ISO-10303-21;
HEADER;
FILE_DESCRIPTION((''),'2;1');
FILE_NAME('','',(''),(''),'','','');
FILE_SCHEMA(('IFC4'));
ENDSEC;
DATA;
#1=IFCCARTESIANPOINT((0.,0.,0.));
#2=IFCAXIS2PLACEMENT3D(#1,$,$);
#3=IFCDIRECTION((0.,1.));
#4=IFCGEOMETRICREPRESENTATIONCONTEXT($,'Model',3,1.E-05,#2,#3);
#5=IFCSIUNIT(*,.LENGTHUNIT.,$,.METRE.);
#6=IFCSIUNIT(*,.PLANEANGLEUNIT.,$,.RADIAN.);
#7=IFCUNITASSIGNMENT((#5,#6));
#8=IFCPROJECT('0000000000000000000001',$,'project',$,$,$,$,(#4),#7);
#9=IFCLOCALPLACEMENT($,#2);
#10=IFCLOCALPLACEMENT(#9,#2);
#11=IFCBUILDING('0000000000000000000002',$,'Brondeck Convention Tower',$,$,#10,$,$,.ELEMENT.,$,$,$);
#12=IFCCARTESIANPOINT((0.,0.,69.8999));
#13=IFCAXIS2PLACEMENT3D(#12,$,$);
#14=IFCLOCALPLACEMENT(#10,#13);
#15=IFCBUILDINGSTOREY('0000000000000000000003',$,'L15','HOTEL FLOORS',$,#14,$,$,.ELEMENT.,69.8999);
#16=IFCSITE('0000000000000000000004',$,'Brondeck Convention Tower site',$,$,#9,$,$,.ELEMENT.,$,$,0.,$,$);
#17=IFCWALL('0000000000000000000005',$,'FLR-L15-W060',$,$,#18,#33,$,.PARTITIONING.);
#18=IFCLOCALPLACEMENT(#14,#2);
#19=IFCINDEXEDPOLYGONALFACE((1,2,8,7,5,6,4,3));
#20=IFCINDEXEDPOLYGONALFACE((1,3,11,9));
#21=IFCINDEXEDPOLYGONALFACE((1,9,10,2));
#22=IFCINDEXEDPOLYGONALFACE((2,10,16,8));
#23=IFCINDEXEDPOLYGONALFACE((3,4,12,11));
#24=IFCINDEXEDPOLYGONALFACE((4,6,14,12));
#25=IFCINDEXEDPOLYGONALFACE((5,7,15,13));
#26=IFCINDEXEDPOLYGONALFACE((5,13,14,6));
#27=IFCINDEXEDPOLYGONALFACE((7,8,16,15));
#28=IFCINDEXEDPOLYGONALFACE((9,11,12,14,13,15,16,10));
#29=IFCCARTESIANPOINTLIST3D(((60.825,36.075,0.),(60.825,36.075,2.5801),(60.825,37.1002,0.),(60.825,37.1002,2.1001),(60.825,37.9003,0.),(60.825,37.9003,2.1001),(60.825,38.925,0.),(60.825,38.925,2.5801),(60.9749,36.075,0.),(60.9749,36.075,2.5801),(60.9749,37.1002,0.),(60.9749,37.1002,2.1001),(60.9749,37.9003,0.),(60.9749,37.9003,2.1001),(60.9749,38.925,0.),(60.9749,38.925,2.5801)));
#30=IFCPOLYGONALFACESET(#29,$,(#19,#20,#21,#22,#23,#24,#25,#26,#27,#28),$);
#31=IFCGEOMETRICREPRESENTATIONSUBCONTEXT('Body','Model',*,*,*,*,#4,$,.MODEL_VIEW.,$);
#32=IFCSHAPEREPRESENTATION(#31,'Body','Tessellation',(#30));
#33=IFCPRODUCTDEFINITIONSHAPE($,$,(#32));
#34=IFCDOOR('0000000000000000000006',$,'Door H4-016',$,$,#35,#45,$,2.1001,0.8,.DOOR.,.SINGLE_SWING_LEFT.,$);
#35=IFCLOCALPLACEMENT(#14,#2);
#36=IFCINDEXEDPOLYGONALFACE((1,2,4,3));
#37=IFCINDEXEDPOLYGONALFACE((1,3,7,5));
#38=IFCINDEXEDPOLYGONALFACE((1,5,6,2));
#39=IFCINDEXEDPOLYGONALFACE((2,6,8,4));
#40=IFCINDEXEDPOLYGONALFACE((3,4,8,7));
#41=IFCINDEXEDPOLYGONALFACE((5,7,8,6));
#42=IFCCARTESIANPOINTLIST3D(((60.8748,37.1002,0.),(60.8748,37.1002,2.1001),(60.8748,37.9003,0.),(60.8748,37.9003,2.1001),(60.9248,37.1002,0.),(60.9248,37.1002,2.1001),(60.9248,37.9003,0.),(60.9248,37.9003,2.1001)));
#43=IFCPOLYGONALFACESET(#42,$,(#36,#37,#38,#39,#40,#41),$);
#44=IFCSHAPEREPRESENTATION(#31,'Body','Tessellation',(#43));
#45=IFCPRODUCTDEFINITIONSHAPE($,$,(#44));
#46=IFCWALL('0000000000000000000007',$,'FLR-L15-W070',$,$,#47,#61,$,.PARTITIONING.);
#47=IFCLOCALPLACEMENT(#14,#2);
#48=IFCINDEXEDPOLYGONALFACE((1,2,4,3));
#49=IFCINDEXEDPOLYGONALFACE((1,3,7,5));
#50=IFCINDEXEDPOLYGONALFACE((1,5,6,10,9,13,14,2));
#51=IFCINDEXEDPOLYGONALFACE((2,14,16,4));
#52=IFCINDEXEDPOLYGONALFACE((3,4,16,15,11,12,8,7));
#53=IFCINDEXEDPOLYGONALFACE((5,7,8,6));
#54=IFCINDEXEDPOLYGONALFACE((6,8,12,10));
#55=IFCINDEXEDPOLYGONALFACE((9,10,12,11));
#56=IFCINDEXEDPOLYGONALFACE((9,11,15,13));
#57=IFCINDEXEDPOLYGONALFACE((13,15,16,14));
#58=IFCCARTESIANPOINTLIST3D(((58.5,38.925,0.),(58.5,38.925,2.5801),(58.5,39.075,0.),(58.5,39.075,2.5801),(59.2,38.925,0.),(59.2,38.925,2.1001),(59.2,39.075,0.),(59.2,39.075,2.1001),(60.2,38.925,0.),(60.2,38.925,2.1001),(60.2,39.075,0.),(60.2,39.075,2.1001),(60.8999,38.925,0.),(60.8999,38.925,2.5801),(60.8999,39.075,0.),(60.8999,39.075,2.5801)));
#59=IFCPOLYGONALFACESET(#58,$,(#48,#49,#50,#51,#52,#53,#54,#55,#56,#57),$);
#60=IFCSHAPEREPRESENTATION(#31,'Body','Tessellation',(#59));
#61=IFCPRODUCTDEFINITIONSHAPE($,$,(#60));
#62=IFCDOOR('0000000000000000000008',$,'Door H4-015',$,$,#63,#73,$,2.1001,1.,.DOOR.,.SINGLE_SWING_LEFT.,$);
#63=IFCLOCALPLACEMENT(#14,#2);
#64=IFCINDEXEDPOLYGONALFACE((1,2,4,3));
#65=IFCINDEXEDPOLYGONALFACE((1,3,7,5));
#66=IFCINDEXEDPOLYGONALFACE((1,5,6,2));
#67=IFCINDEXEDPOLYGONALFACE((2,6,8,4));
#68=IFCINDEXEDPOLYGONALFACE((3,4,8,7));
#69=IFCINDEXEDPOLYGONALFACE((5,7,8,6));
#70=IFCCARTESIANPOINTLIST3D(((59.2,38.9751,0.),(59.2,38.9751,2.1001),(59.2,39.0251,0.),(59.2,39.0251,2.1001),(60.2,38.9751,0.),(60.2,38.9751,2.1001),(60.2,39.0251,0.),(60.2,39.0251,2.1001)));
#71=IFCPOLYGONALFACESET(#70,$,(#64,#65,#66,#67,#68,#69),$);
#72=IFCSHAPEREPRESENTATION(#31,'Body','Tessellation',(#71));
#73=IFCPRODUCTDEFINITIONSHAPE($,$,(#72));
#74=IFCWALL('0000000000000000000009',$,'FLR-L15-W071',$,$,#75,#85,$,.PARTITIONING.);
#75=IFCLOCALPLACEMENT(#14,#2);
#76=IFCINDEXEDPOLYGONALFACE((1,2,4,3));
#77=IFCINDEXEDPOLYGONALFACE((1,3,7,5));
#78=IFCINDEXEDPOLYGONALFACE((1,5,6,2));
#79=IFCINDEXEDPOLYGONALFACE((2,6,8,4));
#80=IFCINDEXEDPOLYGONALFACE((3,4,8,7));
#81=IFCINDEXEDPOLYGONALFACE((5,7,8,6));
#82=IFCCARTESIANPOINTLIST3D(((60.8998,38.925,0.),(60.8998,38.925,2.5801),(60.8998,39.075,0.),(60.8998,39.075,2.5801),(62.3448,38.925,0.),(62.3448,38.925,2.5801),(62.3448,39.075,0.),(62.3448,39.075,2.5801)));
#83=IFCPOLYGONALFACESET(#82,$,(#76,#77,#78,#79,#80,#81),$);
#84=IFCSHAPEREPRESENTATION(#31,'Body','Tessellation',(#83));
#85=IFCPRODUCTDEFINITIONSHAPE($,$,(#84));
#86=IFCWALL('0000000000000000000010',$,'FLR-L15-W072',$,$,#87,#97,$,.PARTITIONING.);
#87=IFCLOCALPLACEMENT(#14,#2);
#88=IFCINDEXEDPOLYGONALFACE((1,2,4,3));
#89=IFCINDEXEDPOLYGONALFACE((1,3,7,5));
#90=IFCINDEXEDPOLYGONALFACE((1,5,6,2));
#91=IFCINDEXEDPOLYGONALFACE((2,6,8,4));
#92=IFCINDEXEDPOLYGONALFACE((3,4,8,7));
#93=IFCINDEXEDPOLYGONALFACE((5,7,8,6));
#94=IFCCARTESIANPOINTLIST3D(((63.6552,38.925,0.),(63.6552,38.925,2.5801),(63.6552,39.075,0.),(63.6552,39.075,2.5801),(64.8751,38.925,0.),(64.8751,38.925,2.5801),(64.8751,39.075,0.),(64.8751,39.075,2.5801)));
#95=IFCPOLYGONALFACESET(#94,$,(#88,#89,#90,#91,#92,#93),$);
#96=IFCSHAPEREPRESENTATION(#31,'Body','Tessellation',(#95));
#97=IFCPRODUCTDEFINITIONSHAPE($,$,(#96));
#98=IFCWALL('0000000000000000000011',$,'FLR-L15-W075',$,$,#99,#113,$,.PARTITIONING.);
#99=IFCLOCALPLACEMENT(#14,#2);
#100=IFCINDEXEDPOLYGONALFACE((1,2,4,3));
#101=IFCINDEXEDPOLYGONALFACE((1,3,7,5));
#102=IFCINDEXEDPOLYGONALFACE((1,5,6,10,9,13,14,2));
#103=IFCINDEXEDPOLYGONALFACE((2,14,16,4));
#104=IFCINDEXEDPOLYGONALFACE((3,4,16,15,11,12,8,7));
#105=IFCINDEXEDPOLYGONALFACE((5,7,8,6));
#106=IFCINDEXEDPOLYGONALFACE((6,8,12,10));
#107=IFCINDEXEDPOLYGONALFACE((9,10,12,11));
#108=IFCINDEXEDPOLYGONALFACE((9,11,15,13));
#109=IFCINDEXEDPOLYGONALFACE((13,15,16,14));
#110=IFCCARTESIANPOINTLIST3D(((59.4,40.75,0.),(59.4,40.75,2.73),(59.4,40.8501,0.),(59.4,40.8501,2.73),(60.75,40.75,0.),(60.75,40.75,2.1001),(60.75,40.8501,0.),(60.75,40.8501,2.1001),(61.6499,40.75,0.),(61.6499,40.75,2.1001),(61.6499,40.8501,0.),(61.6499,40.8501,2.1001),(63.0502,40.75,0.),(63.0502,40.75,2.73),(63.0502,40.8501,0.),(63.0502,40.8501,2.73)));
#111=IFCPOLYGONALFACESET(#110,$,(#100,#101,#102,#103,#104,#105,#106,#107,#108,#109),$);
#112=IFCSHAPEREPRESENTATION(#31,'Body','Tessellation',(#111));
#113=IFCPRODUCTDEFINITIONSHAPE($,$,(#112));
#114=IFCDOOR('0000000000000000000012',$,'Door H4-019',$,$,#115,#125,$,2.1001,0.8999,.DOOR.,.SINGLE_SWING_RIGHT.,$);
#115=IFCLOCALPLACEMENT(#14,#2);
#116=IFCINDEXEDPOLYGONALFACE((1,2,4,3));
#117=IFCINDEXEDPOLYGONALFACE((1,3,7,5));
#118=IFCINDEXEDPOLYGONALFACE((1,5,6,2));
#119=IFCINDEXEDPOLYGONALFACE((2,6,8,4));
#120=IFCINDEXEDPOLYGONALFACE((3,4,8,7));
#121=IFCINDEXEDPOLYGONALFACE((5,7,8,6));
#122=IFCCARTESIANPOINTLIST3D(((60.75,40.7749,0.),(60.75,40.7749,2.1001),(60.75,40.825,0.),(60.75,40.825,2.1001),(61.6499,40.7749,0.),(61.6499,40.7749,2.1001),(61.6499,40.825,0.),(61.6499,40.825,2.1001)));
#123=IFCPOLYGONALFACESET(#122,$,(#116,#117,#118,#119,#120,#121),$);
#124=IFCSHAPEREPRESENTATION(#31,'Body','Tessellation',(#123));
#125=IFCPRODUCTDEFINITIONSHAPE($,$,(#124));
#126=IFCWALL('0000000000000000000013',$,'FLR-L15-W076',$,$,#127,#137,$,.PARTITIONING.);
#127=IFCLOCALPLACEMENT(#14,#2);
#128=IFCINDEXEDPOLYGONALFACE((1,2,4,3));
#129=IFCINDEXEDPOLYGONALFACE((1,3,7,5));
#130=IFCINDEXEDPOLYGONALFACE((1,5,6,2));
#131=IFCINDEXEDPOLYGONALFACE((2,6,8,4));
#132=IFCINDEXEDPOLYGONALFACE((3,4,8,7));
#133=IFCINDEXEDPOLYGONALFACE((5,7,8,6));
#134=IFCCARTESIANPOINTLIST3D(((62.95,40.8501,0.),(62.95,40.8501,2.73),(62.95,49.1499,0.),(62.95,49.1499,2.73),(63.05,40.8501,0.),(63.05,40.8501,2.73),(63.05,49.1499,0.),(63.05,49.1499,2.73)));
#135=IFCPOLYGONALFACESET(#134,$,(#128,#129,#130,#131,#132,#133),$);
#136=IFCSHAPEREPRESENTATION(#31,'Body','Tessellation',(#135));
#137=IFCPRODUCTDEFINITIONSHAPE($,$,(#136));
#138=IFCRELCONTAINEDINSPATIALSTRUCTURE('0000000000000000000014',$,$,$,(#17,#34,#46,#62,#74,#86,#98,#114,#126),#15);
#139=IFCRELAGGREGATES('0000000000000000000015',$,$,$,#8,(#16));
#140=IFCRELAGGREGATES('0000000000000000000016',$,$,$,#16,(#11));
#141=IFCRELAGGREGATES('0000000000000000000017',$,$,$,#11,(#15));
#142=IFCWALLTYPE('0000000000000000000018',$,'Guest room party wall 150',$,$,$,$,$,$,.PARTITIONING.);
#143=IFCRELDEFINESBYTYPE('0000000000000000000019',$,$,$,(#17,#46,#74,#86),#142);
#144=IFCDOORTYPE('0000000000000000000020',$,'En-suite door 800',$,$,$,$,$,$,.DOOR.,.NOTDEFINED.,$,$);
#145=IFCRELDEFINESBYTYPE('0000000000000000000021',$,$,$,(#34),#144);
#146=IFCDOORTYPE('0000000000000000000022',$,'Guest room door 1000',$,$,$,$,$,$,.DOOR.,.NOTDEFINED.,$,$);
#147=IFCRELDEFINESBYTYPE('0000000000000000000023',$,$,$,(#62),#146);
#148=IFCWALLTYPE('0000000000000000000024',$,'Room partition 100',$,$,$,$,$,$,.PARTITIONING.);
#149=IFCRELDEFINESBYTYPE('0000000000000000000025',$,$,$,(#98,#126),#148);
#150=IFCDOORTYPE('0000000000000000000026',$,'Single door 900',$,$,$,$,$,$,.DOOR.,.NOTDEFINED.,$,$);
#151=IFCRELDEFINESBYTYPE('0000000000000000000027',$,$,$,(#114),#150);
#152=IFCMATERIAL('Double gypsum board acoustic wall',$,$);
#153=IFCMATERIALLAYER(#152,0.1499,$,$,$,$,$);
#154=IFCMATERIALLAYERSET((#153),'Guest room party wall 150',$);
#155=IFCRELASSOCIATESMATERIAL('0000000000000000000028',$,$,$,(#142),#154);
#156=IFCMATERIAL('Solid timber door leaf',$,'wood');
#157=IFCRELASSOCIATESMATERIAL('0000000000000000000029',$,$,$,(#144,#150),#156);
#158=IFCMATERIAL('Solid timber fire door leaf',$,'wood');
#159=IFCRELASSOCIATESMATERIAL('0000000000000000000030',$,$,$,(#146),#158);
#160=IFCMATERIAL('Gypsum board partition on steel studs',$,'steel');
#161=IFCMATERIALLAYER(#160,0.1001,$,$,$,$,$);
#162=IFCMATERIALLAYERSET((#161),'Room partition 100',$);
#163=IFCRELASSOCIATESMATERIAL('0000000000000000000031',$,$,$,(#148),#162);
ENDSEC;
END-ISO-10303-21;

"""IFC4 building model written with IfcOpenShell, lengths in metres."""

from ifc_helpers import new_model, si_unit, direction, frame, frame_2d, origin, place, context, subcontext, project, spatial, rectangle, extrude, material, layer, layer_set, type_object, element, fill, save


model = new_model("IFC4")

# Units and contexts
model_context = context("Model", 3, precision=1e-05, world=origin(), true_north=direction((0.0, 1.0)))
body_context = subcontext(model_context, "Body", "Model", "MODEL_VIEW")
ifc_project = project(units=[si_unit("LENGTHUNIT", "METRE"), si_unit("PLANEANGLEUNIT", "RADIAN")], contexts=[model_context])

# Site, building, storey
site_placement = place(None, origin())
site = spatial("IfcSite", under=ifc_project, at=site_placement, Name="Brondeck Convention Tower site", CompositionType="ELEMENT", RefElevation=0.0)
building_placement = place(site_placement, origin())
building = spatial("IfcBuilding", under=site, at=building_placement, Name="Brondeck Convention Tower", CompositionType="ELEMENT")
storey_placement = place(building_placement, frame((0.0, 0.0, 69.8999)))
storey = spatial("IfcBuildingStorey", under=building, at=storey_placement, Name="L15", Description="HOTEL FLOORS", CompositionType="ELEMENT", Elevation=69.8999)

# Shared definitions
ifc_material_1 = material(Name="Double gypsum board acoustic wall")
ifc_layer_1 = layer(ifc_material_1, 0.1499)
ifc_layer_set_1 = layer_set([ifc_layer_1], Name="Guest room party wall 150")
wall_type_1 = type_object("IfcWallType", Name="Guest room party wall 150", PredefinedType="PARTITIONING", material=ifc_layer_set_1)

# Walls, openings, doors
wall_1_placement = place(storey_placement, frame((60.8999, 38.925, 0.0), z_axis=(0.0, 0.0, 1.0), x_axis=(0.0, -1.0, 0.0)))
wall_1 = element("IfcWall", 1, at=wall_1_placement, inside=storey, type_object=wall_type_1, Name="FLR-L15-W060", PredefinedType="PARTITIONING", context=body_context, shape_type="SweptSolid", body=[
    extrude(rectangle(XDim=2.8501, YDim=0.1499, at=frame_2d((1.425, 0.0))), origin(), (0.0, 0.0, 1.0), 2.5801),
])
opening_1_placement = place(wall_1_placement, frame((1.0249, 0.0, 0.0)))
opening_1 = element("IfcOpeningElement", 2, at=opening_1_placement, cuts=wall_1, PredefinedType="OPENING", context=body_context, shape_type="SweptSolid", body=[
    extrude(rectangle(XDim=0.8, YDim=2.1001, at=frame_2d((0.3999, 1.05))), frame((0.0, 0.085, 0.0), z_axis=(0.0, -1.0, 0.0), x_axis=(1.0, 0.0, 0.0)), (0.0, 0.0, 1.0), 0.1699),
])
ifc_material_2 = material(Name="Solid timber door leaf", Category="wood")
door_type_1 = type_object("IfcDoorType", Name="En-suite door 800", OperationType="NOTDEFINED", PredefinedType="DOOR", material=ifc_material_2)
door_1_placement = place(opening_1_placement, origin())
door_1 = element("IfcDoor", 3, at=door_1_placement, inside=storey, type_object=door_type_1, Name="Door H4-016", OperationType="SINGLE_SWING_LEFT", OverallHeight=2.1001, OverallWidth=0.8, PredefinedType="DOOR", context=body_context, shape_type="SweptSolid", body=[
    extrude(rectangle(XDim=0.8, YDim=2.1001, at=frame_2d((0.3999, 1.05))), frame((0.0, 0.0249, 0.0), z_axis=(0.0, -1.0, 0.0), x_axis=(1.0, 0.0, 0.0)), (0.0, 0.0, 1.0), 0.05),
])
fill(opening_1, door_1)
wall_2_placement = place(storey_placement, frame((60.8999, 39.0, 0.0), z_axis=(0.0, 0.0, 1.0), x_axis=(-1.0, 0.0, 0.0)))
wall_2 = element("IfcWall", 4, at=wall_2_placement, inside=storey, type_object=wall_type_1, Name="FLR-L15-W070", PredefinedType="PARTITIONING", context=body_context, shape_type="SweptSolid", body=[
    extrude(rectangle(XDim=2.3999, YDim=0.1499, at=frame_2d((1.2, 0.0))), origin(), (0.0, 0.0, 1.0), 2.5801),
])
opening_2_placement = place(wall_2_placement, frame((0.7, 0.0, 0.0)))
opening_2 = element("IfcOpeningElement", 5, at=opening_2_placement, cuts=wall_2, PredefinedType="OPENING", context=body_context, shape_type="SweptSolid", body=[
    extrude(rectangle(XDim=1.0, YDim=2.1001, at=frame_2d((0.5, 1.05))), frame((0.0, 0.085, 0.0), z_axis=(0.0, -1.0, 0.0), x_axis=(1.0, 0.0, 0.0)), (0.0, 0.0, 1.0), 0.1699),
])
ifc_material_3 = material(Name="Solid timber fire door leaf", Category="wood")
door_type_2 = type_object("IfcDoorType", Name="Guest room door 1000", OperationType="NOTDEFINED", PredefinedType="DOOR", material=ifc_material_3)
door_2_placement = place(opening_2_placement, origin())
door_2 = element("IfcDoor", 6, at=door_2_placement, inside=storey, type_object=door_type_2, Name="Door H4-015", OperationType="SINGLE_SWING_LEFT", OverallHeight=2.1001, OverallWidth=1.0, PredefinedType="DOOR", context=body_context, shape_type="SweptSolid", body=[
    extrude(rectangle(XDim=1.0, YDim=2.1001, at=frame_2d((0.5, 1.05))), frame((0.0, 0.0249, 0.0), z_axis=(0.0, -1.0, 0.0), x_axis=(1.0, 0.0, 0.0)), (0.0, 0.0, 1.0), 0.05),
])
fill(opening_2, door_2)

# Walls
wall_3_placement = place(storey_placement, frame((62.345, 39.0, 0.0), z_axis=(0.0, 0.0, 1.0), x_axis=(-1.0, 0.0, 0.0)))
element("IfcWall", 7, at=wall_3_placement, inside=storey, type_object=wall_type_1, Name="FLR-L15-W071", PredefinedType="PARTITIONING", context=body_context, shape_type="SweptSolid", body=[
    extrude(rectangle(XDim=1.4451, YDim=0.1499, at=frame_2d((0.7227, 0.0))), origin(), (0.0, 0.0, 1.0), 2.5801),
])
wall_4_placement = place(storey_placement, frame((64.875, 39.0, 0.0), z_axis=(0.0, 0.0, 1.0), x_axis=(-1.0, 0.0, 0.0)))
element("IfcWall", 8, at=wall_4_placement, inside=storey, type_object=wall_type_1, Name="FLR-L15-W072", PredefinedType="PARTITIONING", context=body_context, shape_type="SweptSolid", body=[
    extrude(rectangle(XDim=1.22, YDim=0.1499, at=frame_2d((0.6099, 0.0))), origin(), (0.0, 0.0, 1.0), 2.5801),
])

# Wall, opening, door
ifc_material_4 = material(Name="Gypsum board partition on steel studs", Category="steel")
ifc_layer_2 = layer(ifc_material_4, 0.1001)
ifc_layer_set_2 = layer_set([ifc_layer_2], Name="Room partition 100")
wall_type_2 = type_object("IfcWallType", Name="Room partition 100", PredefinedType="PARTITIONING", material=ifc_layer_set_2)
wall_5_placement = place(storey_placement, frame((59.3999, 40.8, 0.0), z_axis=(0.0, 0.0, 1.0), x_axis=(1.0, 0.0, 0.0)))
wall_5 = element("IfcWall", 9, at=wall_5_placement, inside=storey, type_object=wall_type_2, Name="FLR-L15-W075", PredefinedType="PARTITIONING", context=body_context, shape_type="SweptSolid", body=[
    extrude(rectangle(XDim=3.6501, YDim=0.1001, at=frame_2d((1.8252, 0.0))), origin(), (0.0, 0.0, 1.0), 2.73),
])
opening_3_placement = place(wall_5_placement, frame((1.3501, 0.0, 0.0)))
opening_3 = element("IfcOpeningElement", 10, at=opening_3_placement, cuts=wall_5, PredefinedType="OPENING", context=body_context, shape_type="SweptSolid", body=[
    extrude(rectangle(XDim=0.8999, YDim=2.1001, at=frame_2d((0.45, 1.05))), frame((0.0, 0.0601, 0.0), z_axis=(0.0, -1.0, 0.0), x_axis=(1.0, 0.0, 0.0)), (0.0, 0.0, 1.0), 0.1201),
])
door_type_3 = type_object("IfcDoorType", Name="Single door 900", OperationType="NOTDEFINED", PredefinedType="DOOR", material=ifc_material_2)
door_3_placement = place(opening_3_placement, origin())
door_3 = element("IfcDoor", 11, at=door_3_placement, inside=storey, type_object=door_type_3, Name="Door H4-019", OperationType="SINGLE_SWING_RIGHT", OverallHeight=2.1001, OverallWidth=0.8999, PredefinedType="DOOR", context=body_context, shape_type="SweptSolid", body=[
    extrude(rectangle(XDim=0.8999, YDim=2.1001, at=frame_2d((0.45, 1.05))), frame((0.0, 0.0249, 0.0), z_axis=(0.0, -1.0, 0.0), x_axis=(1.0, 0.0, 0.0)), (0.0, 0.0, 1.0), 0.05),
])
fill(opening_3, door_3)

# Wall
wall_6_placement = place(storey_placement, frame((63.0, 40.8501, 0.0), z_axis=(0.0, 0.0, 1.0), x_axis=(0.0, 1.0, 0.0)))
element("IfcWall", 12, at=wall_6_placement, inside=storey, type_object=wall_type_2, Name="FLR-L15-W076", PredefinedType="PARTITIONING", context=body_context, shape_type="SweptSolid", body=[
    extrude(rectangle(XDim=8.2998, YDim=0.1001, at=frame_2d((4.1499, 0.0))), origin(), (0.0, 0.0, 1.0), 2.73),
])

save(model, "model.ifc")
